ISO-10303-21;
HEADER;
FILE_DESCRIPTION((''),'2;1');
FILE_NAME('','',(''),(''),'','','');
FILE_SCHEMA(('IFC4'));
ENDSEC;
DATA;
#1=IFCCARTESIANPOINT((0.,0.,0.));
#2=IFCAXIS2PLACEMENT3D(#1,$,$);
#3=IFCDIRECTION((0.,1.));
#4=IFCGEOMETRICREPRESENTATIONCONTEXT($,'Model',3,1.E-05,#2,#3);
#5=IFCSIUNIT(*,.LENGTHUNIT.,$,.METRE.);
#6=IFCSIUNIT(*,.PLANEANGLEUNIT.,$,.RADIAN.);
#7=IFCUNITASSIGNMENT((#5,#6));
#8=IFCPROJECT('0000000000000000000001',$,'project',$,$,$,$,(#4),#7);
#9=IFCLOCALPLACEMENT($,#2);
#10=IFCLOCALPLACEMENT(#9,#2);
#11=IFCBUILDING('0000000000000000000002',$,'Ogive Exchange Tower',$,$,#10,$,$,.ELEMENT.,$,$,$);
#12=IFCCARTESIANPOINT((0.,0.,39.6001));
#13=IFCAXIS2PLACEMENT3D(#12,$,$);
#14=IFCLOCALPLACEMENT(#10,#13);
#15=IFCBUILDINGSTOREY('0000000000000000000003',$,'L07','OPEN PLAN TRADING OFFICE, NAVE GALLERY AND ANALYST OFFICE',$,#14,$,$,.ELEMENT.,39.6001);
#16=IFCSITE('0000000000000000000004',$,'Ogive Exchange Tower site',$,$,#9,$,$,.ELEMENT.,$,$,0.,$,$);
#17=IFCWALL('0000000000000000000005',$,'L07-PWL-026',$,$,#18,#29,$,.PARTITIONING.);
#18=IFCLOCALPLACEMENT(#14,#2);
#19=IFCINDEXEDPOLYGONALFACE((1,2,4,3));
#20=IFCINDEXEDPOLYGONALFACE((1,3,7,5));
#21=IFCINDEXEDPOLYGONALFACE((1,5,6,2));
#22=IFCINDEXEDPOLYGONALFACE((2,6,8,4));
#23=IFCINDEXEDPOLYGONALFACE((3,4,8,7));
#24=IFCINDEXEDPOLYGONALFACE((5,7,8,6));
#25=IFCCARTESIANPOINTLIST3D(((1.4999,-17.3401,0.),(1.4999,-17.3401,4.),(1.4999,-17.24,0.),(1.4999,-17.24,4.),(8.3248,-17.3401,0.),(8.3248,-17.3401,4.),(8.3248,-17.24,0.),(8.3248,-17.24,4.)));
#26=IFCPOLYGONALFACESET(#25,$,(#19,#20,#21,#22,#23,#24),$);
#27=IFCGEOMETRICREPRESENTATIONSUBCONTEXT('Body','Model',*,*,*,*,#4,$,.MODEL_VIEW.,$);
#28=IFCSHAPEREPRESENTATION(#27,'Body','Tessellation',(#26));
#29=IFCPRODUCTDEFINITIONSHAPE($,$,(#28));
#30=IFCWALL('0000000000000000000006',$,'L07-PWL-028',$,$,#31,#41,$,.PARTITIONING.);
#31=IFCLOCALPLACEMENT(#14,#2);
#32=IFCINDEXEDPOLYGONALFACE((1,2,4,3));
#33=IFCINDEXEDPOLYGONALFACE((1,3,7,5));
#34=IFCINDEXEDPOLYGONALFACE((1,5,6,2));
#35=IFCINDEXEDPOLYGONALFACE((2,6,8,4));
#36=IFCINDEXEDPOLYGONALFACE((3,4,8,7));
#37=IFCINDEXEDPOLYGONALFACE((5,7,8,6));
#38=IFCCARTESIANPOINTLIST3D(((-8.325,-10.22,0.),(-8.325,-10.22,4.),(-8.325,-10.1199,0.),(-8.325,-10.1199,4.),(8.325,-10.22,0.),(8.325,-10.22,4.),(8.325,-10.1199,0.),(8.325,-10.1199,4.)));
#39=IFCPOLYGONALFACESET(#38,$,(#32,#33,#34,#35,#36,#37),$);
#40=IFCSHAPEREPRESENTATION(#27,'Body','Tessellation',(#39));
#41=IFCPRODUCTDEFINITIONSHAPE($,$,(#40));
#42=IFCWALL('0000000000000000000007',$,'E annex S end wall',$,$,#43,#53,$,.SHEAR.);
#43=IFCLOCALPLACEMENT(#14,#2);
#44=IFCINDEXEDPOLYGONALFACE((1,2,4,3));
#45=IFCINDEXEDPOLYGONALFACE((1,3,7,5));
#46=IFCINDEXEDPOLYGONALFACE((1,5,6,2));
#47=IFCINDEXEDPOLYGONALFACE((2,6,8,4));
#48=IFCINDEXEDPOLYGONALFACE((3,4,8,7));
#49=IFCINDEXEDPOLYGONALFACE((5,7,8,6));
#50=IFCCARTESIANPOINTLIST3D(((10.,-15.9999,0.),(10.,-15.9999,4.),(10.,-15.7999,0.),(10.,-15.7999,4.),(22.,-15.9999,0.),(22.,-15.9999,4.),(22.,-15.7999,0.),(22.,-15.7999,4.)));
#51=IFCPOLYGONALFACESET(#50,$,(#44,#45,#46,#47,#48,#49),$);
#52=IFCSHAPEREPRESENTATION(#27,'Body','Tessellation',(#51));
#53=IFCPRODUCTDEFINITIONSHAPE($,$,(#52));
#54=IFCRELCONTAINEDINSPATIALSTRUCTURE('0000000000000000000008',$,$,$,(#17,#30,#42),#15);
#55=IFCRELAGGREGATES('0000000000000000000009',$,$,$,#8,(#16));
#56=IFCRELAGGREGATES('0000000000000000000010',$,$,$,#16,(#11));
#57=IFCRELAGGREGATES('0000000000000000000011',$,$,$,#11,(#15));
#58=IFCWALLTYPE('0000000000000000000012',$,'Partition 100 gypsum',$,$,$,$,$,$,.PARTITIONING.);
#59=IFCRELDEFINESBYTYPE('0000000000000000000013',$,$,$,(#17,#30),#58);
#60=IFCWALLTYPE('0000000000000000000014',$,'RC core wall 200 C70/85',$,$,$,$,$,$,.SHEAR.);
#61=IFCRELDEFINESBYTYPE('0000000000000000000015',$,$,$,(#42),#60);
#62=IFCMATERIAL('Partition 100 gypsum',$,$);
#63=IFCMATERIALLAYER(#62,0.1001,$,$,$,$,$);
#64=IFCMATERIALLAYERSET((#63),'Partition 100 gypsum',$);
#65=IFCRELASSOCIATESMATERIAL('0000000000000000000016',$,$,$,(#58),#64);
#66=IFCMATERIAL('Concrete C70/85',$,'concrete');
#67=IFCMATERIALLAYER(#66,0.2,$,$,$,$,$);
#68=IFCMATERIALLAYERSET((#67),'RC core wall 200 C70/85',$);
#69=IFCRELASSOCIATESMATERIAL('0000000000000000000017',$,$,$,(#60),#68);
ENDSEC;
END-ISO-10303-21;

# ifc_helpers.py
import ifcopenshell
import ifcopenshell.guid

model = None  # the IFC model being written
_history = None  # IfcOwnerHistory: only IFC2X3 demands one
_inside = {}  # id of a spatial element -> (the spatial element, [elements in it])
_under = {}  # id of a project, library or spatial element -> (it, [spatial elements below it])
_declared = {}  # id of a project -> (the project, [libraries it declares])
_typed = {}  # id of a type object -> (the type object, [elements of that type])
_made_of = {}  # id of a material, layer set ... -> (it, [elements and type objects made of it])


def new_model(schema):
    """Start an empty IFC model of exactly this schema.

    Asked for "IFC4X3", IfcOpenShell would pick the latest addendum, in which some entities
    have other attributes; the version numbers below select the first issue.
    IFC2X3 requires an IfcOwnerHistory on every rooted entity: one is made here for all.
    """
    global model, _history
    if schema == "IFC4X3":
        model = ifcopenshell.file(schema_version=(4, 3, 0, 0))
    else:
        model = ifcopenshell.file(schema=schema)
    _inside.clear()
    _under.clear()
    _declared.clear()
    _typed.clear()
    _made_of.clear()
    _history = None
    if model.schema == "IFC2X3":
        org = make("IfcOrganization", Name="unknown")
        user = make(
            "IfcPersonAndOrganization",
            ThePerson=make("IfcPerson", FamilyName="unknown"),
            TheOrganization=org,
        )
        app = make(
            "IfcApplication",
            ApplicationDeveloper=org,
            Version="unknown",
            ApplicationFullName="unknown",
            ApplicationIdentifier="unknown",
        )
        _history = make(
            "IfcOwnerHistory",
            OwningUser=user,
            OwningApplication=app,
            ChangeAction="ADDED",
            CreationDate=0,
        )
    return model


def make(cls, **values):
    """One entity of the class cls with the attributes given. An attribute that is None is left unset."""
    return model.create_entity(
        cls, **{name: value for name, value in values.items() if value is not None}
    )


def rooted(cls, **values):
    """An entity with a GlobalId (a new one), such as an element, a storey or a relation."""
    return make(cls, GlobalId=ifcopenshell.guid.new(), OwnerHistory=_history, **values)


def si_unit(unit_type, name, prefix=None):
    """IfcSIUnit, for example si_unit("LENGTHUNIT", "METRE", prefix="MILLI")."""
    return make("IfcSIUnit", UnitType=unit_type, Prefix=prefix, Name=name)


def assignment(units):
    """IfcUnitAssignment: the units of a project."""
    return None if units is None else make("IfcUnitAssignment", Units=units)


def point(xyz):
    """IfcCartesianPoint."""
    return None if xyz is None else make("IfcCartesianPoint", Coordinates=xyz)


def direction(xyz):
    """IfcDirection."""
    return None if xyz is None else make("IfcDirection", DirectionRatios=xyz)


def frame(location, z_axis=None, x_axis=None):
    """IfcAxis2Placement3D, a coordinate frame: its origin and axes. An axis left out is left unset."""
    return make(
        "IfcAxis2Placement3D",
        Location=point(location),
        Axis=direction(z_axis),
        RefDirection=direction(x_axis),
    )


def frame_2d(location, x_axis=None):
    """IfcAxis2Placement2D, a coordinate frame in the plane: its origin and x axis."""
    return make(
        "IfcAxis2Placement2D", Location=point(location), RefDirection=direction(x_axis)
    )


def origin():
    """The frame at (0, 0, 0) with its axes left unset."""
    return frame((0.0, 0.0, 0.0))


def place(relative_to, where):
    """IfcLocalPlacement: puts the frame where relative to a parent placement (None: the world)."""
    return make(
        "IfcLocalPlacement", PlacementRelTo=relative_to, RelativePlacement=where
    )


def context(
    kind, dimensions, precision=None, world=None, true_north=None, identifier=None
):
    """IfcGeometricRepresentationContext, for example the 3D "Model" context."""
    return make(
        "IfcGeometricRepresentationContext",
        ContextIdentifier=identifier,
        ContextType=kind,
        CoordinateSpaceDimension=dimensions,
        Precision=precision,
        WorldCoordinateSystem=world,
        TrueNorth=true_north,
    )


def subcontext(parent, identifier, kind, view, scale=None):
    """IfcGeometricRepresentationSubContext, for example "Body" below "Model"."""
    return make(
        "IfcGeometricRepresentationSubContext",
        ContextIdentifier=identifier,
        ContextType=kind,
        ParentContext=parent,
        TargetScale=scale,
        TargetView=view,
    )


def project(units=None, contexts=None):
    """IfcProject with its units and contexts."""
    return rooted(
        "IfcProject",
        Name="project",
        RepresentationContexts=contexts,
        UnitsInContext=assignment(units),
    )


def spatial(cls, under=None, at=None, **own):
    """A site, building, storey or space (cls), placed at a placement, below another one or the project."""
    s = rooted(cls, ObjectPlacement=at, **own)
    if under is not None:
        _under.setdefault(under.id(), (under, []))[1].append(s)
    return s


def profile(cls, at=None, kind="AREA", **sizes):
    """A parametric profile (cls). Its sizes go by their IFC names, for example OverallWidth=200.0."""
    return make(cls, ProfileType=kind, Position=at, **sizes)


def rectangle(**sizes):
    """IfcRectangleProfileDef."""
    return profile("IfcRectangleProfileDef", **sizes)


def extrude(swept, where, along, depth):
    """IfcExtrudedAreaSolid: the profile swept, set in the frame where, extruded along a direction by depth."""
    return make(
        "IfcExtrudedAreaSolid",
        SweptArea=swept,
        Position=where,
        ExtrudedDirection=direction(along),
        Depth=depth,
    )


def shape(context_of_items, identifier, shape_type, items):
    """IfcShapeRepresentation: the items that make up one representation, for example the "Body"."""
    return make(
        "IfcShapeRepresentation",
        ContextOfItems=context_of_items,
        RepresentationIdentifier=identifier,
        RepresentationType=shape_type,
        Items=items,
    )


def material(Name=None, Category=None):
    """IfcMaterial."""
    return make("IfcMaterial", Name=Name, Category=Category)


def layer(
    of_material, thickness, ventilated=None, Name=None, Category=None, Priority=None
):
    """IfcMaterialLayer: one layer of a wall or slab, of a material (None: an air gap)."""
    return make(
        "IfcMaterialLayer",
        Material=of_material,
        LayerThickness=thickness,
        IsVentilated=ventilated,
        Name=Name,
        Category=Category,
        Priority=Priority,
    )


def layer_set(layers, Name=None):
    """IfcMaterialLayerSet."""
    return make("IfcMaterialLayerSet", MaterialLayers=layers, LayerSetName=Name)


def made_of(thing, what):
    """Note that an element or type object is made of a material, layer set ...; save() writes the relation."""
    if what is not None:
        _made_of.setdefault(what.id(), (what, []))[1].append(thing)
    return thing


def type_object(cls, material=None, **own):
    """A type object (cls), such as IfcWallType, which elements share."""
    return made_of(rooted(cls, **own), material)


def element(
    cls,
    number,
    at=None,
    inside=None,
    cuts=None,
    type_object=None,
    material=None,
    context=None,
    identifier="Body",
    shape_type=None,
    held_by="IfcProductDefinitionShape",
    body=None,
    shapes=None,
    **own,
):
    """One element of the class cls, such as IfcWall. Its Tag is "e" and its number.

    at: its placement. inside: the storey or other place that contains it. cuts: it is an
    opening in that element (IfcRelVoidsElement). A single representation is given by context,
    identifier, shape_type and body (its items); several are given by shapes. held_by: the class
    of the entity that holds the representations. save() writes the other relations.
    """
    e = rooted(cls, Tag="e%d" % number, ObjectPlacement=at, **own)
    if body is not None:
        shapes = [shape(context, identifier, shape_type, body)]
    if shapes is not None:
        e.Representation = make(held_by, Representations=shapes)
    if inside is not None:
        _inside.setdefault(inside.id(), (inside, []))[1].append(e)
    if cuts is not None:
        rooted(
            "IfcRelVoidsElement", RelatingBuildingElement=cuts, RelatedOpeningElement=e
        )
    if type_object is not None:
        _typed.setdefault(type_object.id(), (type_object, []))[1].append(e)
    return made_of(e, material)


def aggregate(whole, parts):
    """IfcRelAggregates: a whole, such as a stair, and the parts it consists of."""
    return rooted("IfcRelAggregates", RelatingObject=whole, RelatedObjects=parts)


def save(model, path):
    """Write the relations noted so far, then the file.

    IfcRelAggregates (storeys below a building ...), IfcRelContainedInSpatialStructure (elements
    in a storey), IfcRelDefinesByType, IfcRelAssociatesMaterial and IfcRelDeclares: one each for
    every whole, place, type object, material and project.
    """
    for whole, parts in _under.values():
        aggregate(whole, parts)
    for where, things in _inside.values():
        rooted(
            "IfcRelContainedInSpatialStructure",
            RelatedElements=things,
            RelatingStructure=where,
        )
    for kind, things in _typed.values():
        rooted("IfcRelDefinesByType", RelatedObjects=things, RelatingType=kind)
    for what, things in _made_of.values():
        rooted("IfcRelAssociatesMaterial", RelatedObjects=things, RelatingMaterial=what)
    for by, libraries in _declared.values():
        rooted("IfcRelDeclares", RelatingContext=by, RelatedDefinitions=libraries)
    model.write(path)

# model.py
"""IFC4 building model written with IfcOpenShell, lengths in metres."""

from ifc_helpers import new_model, si_unit, direction, frame, frame_2d, origin, place, context, subcontext, project, spatial, rectangle, extrude, material, layer, layer_set, type_object, element, save


model = new_model("IFC4")

# Units and contexts
model_context = context("Model", 3, precision=1e-05, world=origin(), true_north=direction((0.0, 1.0)))
body_context = subcontext(model_context, "Body", "Model", "MODEL_VIEW")
ifc_project = project(units=[si_unit("LENGTHUNIT", "METRE"), si_unit("PLANEANGLEUNIT", "RADIAN")], contexts=[model_context])

# Site, building, storey
site_placement = place(None, origin())
site = spatial("IfcSite", under=ifc_project, at=site_placement, Name="Ogive Exchange Tower site", CompositionType="ELEMENT", RefElevation=0.0)
building_placement = place(site_placement, origin())
building = spatial("IfcBuilding", under=site, at=building_placement, Name="Ogive Exchange Tower", CompositionType="ELEMENT")
storey_placement = place(building_placement, frame((0.0, 0.0, 39.6001)))
storey = spatial("IfcBuildingStorey", under=building, at=storey_placement, Name="L07", Description="OPEN PLAN TRADING OFFICE, NAVE GALLERY AND ANALYST OFFICE", CompositionType="ELEMENT", Elevation=39.6001)

# Shared definitions
ifc_material_1 = material(Name="Partition 100 gypsum")
ifc_layer_1 = layer(ifc_material_1, 0.1001)
ifc_layer_set_1 = layer_set([ifc_layer_1], Name="Partition 100 gypsum")
wall_type_1 = type_object("IfcWallType", Name="Partition 100 gypsum", PredefinedType="PARTITIONING", material=ifc_layer_set_1)

# Walls
wall_1_placement = place(storey_placement, frame((8.325, -17.29, 0.0), z_axis=(0.0, 0.0, 1.0), x_axis=(-1.0, 0.0, 0.0)))
element("IfcWall", 1, at=wall_1_placement, inside=storey, type_object=wall_type_1, Name="L07-PWL-026", PredefinedType="PARTITIONING", context=body_context, shape_type="SweptSolid", body=[
    extrude(rectangle(XDim=6.825, YDim=0.1001, at=frame_2d((3.4126, 0.0))), origin(), (0.0, 0.0, 1.0), 4.0),
])
wall_2_placement = place(storey_placement, frame((8.325, -10.1699, 0.0), z_axis=(0.0, 0.0, 1.0), x_axis=(-1.0, 0.0, 0.0)))
element("IfcWall", 2, at=wall_2_placement, inside=storey, type_object=wall_type_1, Name="L07-PWL-028", PredefinedType="PARTITIONING", context=body_context, shape_type="SweptSolid", body=[
    extrude(rectangle(XDim=16.6499, YDim=0.1001, at=frame_2d((8.325, 0.0))), origin(), (0.0, 0.0, 1.0), 4.0),
])
ifc_material_2 = material(Name="Concrete C70/85", Category="concrete")
ifc_layer_2 = layer(ifc_material_2, 0.2)
ifc_layer_set_2 = layer_set([ifc_layer_2], Name="RC core wall 200 C70/85")
wall_type_2 = type_object("IfcWallType", Name="RC core wall 200 C70/85", PredefinedType="SHEAR", material=ifc_layer_set_2)
wall_3_placement = place(storey_placement, frame((10.0, -15.8999, 0.0), z_axis=(0.0, 0.0, 1.0), x_axis=(1.0, 0.0, 0.0)))
element("IfcWall", 3, at=wall_3_placement, inside=storey, type_object=wall_type_2, Name="E annex S end wall", PredefinedType="SHEAR", context=body_context, shape_type="SweptSolid", body=[
    extrude(rectangle(XDim=12.0, YDim=0.2, at=frame_2d((6.0, 0.0))), origin(), (0.0, 0.0, 1.0), 4.0),
])

save(model, "model.ifc")
